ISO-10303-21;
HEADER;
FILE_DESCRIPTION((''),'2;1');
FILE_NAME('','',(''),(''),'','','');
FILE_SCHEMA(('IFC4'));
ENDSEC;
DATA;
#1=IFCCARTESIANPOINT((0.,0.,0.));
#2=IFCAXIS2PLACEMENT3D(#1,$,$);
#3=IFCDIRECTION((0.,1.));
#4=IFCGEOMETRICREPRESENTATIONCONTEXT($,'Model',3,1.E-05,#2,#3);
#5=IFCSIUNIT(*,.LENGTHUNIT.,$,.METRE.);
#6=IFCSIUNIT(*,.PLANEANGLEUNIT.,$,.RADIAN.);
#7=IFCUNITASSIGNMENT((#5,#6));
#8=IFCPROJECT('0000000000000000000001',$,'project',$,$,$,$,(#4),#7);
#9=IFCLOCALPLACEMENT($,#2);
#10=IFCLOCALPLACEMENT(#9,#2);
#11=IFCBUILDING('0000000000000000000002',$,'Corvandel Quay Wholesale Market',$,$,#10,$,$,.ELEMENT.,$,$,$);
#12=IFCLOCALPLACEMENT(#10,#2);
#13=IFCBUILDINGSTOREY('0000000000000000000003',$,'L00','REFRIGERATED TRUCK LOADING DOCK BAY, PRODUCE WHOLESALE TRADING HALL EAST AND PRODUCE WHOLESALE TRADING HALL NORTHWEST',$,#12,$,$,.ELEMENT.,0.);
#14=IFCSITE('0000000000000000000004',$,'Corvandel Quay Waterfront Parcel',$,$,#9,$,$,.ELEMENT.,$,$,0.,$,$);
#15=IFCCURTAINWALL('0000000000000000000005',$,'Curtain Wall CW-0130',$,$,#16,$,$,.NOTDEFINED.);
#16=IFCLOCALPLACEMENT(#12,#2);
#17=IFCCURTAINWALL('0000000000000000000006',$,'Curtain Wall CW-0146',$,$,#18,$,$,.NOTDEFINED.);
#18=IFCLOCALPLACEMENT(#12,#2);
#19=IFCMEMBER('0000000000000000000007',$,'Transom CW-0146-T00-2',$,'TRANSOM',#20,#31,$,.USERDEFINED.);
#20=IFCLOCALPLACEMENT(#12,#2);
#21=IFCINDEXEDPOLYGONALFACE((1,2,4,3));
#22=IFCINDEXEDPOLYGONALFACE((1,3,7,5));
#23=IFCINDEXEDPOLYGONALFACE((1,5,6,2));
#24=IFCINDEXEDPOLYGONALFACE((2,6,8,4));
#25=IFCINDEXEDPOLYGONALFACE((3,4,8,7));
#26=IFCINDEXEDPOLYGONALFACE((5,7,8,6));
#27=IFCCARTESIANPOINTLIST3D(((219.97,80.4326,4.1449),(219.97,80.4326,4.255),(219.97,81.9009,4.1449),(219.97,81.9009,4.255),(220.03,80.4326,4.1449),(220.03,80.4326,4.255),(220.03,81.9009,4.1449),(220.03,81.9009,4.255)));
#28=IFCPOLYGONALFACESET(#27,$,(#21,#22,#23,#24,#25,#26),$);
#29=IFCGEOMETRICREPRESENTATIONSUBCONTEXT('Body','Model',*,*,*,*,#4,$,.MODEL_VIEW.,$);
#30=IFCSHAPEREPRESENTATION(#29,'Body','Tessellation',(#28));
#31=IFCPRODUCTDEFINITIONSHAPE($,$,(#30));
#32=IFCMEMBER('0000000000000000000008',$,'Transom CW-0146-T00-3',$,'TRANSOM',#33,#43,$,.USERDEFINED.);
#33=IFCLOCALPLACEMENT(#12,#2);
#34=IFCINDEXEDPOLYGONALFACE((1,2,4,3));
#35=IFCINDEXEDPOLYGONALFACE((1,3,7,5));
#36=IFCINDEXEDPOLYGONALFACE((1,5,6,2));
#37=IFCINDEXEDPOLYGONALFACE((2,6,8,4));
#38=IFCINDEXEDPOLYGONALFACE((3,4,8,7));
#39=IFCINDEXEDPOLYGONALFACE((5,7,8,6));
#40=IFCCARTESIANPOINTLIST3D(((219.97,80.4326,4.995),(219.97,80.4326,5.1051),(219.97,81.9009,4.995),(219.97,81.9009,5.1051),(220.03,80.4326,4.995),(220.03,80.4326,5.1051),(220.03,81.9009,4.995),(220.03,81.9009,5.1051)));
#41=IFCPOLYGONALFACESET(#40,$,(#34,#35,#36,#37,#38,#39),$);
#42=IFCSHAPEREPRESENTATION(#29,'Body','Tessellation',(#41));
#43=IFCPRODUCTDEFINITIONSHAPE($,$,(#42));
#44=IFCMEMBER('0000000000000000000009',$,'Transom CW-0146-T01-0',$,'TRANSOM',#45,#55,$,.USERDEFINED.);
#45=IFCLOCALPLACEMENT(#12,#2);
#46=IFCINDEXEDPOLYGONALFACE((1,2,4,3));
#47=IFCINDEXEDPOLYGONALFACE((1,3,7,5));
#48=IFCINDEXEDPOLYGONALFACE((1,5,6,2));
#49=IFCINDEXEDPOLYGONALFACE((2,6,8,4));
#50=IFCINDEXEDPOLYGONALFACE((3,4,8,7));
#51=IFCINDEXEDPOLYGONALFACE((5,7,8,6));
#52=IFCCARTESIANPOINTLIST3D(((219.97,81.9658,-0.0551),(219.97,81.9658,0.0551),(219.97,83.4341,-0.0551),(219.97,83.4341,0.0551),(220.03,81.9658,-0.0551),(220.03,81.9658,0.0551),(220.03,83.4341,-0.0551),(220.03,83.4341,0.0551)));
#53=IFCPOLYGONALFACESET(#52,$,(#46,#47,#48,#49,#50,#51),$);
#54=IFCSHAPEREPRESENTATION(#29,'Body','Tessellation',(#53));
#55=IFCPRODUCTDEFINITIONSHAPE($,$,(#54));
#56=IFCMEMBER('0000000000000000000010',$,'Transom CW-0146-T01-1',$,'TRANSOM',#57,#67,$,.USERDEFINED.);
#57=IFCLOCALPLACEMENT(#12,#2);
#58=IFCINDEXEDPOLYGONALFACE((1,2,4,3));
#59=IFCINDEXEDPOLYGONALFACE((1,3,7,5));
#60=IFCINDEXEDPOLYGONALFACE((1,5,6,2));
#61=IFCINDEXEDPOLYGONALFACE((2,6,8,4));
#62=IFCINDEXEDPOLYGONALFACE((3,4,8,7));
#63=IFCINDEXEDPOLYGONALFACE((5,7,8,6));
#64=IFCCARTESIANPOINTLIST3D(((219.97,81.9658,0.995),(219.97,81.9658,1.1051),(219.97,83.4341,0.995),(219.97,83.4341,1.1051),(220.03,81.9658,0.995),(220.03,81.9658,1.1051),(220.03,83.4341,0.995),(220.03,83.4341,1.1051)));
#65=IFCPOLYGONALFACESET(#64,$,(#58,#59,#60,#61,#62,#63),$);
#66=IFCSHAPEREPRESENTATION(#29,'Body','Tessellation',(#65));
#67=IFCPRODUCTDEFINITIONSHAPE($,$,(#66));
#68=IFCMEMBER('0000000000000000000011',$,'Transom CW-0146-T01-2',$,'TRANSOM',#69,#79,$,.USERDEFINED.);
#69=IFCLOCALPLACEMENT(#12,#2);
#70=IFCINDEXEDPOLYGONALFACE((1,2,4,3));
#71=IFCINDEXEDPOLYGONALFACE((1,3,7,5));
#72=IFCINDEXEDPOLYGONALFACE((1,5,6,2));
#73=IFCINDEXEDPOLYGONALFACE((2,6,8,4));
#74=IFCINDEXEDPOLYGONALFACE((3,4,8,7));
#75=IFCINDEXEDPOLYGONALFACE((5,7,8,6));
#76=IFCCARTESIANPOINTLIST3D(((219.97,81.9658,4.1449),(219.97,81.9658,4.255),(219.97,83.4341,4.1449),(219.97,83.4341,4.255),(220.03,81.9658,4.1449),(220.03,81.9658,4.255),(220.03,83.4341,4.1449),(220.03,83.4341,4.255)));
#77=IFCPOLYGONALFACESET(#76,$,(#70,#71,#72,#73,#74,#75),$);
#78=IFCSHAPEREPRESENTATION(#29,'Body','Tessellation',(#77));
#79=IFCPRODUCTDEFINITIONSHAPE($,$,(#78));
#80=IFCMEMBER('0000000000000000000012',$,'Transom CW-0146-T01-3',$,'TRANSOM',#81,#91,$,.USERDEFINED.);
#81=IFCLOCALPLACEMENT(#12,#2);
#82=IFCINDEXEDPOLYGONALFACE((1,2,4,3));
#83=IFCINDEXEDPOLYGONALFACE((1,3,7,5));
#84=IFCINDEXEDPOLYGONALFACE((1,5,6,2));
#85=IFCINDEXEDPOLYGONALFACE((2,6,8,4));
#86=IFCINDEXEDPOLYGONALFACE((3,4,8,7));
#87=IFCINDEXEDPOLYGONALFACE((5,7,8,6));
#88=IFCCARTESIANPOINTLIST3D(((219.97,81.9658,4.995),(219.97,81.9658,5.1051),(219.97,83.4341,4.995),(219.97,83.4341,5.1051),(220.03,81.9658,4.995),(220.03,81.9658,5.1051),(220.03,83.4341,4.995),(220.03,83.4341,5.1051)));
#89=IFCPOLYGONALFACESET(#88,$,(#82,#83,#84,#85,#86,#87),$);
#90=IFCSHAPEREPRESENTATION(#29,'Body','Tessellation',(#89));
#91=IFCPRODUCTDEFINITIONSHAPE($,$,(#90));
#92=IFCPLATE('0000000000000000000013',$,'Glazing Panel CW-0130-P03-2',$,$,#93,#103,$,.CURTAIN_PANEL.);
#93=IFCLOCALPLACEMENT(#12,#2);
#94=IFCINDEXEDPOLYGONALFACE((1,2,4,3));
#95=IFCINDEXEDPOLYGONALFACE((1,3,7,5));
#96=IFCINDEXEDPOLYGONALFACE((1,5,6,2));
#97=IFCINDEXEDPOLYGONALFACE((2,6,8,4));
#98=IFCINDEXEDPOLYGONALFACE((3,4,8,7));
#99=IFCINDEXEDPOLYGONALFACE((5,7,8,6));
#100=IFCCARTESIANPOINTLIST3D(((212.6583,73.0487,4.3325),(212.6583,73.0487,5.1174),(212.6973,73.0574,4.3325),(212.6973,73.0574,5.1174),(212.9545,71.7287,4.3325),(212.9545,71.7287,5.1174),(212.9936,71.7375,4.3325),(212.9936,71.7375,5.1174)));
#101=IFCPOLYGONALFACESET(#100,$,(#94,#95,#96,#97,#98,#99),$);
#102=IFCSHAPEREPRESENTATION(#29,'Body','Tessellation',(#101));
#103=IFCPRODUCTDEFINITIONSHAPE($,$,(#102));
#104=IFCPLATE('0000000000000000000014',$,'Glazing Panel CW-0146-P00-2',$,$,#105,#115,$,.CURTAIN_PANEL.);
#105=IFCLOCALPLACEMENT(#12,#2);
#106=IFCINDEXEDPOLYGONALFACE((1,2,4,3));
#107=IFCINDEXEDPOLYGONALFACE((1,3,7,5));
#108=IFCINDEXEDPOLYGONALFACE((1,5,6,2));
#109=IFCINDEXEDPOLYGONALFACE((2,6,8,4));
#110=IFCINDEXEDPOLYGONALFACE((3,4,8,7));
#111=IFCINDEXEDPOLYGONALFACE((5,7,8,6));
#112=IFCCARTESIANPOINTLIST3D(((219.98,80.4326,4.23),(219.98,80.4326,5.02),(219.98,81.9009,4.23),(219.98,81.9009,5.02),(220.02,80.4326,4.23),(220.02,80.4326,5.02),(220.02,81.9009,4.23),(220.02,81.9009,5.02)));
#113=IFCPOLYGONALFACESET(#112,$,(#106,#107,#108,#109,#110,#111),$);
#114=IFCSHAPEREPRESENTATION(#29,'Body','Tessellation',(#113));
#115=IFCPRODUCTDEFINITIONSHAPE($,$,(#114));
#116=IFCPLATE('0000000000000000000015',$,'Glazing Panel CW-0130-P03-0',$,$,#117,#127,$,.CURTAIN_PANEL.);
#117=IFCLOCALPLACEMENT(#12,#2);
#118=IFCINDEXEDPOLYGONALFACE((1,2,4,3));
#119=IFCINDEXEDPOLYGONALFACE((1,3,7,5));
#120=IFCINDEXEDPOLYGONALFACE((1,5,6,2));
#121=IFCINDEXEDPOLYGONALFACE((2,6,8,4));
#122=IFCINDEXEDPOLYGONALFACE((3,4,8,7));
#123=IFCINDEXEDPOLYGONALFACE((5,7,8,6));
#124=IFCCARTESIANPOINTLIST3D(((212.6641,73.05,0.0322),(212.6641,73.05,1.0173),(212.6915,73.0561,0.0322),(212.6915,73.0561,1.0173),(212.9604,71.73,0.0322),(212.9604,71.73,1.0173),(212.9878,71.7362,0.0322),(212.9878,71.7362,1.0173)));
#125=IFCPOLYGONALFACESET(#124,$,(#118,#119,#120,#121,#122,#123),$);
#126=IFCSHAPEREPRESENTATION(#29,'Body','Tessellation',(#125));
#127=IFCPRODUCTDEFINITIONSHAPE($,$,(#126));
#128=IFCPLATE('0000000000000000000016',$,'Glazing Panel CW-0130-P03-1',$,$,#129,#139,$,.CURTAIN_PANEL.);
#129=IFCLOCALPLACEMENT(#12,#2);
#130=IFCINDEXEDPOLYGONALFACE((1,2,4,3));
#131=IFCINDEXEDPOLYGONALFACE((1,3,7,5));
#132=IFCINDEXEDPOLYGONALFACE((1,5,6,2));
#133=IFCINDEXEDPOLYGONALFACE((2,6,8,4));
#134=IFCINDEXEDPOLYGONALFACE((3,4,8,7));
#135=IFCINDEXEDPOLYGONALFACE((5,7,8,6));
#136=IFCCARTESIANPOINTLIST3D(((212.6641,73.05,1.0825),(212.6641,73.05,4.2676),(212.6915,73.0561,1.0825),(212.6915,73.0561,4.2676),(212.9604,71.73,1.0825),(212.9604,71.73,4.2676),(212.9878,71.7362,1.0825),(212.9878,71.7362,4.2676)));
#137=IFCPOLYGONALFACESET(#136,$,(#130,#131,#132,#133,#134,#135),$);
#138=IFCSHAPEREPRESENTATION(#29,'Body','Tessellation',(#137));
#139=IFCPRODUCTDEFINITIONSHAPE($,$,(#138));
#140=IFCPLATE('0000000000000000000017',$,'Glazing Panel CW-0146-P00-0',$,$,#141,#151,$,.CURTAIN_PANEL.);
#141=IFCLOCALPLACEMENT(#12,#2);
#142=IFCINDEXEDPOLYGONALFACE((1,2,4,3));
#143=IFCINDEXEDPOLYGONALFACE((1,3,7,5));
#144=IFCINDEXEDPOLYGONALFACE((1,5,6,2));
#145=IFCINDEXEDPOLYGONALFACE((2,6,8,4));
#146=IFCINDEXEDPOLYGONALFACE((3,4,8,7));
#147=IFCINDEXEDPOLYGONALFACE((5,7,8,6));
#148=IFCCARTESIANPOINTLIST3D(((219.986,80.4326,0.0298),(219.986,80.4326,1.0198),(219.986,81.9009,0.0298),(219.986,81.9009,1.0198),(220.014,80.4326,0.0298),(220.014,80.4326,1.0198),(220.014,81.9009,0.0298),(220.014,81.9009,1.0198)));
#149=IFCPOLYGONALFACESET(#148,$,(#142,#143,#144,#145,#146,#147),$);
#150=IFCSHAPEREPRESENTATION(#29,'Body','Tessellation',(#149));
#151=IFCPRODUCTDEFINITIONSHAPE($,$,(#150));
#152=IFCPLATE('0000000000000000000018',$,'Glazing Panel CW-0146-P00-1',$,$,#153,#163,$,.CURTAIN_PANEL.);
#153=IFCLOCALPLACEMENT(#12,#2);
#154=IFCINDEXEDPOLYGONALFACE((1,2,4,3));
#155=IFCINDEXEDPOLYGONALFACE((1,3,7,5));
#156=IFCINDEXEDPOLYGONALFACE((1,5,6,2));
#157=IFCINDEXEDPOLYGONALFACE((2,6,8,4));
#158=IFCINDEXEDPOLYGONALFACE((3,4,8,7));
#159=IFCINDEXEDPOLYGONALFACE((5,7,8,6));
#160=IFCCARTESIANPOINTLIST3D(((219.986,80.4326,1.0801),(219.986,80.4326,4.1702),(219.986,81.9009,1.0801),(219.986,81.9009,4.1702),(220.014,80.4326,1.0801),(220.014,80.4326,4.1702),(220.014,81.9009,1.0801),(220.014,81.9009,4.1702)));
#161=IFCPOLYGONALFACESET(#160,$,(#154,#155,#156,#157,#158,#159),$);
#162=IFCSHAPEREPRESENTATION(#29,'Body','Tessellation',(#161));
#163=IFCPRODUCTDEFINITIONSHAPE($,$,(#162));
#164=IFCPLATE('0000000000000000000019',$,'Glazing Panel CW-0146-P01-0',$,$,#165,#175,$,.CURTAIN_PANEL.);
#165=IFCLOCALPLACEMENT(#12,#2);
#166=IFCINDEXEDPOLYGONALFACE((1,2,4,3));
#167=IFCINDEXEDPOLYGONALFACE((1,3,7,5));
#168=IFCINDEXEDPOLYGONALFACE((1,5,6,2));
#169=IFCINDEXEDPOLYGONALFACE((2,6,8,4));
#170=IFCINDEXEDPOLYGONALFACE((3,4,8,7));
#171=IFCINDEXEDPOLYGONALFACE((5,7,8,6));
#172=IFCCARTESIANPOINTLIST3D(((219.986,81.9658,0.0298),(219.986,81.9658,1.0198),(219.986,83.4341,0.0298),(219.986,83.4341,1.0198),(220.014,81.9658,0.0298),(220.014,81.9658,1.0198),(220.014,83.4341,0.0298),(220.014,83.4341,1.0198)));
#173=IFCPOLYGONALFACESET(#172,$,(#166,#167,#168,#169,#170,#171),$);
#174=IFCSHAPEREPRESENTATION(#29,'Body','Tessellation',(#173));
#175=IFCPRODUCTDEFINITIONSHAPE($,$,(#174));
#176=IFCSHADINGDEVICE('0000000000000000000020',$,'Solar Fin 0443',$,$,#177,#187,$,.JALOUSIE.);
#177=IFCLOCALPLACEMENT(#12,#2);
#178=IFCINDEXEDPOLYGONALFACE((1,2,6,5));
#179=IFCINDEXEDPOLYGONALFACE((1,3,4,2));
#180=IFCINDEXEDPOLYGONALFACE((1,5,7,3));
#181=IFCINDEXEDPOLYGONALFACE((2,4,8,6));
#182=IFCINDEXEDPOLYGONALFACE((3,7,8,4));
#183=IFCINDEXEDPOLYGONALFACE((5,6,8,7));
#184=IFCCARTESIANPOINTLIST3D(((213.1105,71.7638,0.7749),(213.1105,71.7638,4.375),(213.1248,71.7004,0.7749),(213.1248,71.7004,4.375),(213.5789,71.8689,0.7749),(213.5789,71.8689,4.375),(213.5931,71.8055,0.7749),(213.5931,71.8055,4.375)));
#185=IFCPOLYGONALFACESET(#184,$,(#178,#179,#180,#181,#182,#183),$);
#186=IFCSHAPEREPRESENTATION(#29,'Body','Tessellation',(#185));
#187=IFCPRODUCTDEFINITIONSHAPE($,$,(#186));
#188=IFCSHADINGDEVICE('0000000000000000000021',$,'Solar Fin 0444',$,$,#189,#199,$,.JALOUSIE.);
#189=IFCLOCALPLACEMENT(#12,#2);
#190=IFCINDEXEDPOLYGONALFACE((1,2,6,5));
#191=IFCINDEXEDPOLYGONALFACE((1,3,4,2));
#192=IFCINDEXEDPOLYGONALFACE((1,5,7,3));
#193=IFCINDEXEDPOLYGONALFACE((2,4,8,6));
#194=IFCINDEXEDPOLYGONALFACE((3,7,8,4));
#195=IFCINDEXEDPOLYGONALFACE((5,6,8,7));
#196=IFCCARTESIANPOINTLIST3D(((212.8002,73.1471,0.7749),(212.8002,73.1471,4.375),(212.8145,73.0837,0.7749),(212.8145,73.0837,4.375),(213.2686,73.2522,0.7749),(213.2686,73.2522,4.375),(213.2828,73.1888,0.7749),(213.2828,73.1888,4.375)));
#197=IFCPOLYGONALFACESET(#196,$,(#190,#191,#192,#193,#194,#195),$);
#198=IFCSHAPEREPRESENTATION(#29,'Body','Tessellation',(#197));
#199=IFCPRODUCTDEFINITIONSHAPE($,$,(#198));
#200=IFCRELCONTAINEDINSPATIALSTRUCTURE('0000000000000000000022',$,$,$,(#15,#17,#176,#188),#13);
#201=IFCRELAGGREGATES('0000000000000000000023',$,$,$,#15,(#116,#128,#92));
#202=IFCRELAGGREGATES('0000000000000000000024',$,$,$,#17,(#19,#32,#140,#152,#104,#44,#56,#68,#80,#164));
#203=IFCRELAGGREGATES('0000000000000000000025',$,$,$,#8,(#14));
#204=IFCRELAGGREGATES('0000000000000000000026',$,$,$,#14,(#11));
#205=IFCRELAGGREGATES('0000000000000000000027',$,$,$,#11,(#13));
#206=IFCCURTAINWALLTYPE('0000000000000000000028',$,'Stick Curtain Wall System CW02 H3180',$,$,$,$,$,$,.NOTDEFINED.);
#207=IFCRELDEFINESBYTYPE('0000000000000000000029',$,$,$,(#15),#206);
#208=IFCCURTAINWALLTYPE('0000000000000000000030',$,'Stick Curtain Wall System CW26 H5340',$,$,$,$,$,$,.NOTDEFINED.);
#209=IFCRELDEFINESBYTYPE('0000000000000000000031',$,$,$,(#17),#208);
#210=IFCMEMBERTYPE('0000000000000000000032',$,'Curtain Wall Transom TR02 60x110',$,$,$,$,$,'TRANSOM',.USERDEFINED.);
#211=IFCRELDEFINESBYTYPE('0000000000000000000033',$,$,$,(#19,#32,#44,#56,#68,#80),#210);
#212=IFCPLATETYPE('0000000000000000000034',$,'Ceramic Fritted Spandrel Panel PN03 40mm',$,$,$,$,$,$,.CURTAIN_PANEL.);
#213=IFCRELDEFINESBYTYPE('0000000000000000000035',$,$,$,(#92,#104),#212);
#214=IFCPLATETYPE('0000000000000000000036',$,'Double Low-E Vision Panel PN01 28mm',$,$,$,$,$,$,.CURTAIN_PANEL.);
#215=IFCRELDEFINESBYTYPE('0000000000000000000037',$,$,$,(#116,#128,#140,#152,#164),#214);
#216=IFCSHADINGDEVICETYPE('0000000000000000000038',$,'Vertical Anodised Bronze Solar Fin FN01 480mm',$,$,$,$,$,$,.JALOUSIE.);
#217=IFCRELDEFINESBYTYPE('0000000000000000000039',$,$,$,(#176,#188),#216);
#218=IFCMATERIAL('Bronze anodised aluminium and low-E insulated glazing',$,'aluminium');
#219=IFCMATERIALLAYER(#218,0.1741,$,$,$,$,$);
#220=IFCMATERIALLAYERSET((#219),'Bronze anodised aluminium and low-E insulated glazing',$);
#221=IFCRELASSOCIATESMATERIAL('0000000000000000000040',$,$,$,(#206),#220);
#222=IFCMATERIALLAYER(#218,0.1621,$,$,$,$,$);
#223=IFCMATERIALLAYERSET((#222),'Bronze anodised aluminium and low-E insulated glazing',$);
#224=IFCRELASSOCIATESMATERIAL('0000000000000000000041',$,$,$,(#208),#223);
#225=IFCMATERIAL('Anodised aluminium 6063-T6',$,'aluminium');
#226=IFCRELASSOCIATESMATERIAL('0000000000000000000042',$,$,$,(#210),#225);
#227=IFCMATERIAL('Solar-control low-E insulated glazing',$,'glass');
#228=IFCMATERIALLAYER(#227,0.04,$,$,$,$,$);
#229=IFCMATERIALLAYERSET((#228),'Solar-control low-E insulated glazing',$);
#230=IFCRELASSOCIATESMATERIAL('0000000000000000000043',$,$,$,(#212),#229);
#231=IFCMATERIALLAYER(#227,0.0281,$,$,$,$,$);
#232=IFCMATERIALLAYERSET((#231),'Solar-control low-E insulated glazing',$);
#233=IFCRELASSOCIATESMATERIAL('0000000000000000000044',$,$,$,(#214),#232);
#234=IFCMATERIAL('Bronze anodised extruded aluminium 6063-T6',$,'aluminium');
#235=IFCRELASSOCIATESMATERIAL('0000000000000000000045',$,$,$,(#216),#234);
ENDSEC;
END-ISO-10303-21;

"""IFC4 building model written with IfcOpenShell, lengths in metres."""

from ifc_helpers import new_model, si_unit, direction, frame, origin, origin_2d, place, context, subcontext, project, spatial, rectangle, extrude, material, layer, layer_set, material_profile, profile_set, type_object, element, aggregate, save


model = new_model("IFC4")

# Units and contexts
model_context = context("Model", 3, precision=1e-05, world=origin(), true_north=direction((0.0, 1.0)))
body_context = subcontext(model_context, "Body", "Model", "MODEL_VIEW")
ifc_project = project(units=[si_unit("LENGTHUNIT", "METRE"), si_unit("PLANEANGLEUNIT", "RADIAN")], contexts=[model_context])

# Site, building, storey
site_placement = place(None, origin())
site = spatial("IfcSite", under=ifc_project, at=site_placement, Name="Corvandel Quay Waterfront Parcel", CompositionType="ELEMENT", RefElevation=0.0)
building_placement = place(site_placement, origin())
building = spatial("IfcBuilding", under=site, at=building_placement, Name="Corvandel Quay Wholesale Market", CompositionType="ELEMENT")
storey_placement = place(building_placement, origin())
storey = spatial("IfcBuildingStorey", under=building, at=storey_placement, Name="L00", Description="REFRIGERATED TRUCK LOADING DOCK BAY, PRODUCE WHOLESALE TRADING HALL EAST AND PRODUCE WHOLESALE TRADING HALL NORTHWEST", CompositionType="ELEMENT", Elevation=0.0)

# Curtain walls
ifc_material_1 = material(Name="Bronze anodised aluminium and low-E insulated glazing", Category="aluminium")
ifc_layer_1 = layer(ifc_material_1, 0.1741)
ifc_layer_set_1 = layer_set([ifc_layer_1], Name="Bronze anodised aluminium and low-E insulated glazing")
curtain_wall_type_1 = type_object("IfcCurtainWallType", Name="Stick Curtain Wall System CW02 H3180", PredefinedType="NOTDEFINED", material=ifc_layer_set_1)
curtain_wall_1_placement = place(storey_placement, origin())
curtain_wall_1 = element("IfcCurtainWall", 1, at=curtain_wall_1_placement, inside=storey, type_object=curtain_wall_type_1, Name="Curtain Wall CW-0130", PredefinedType="NOTDEFINED")
ifc_material_2 = material(Name="Anodised aluminium 6063-T6", Category="aluminium")
ifc_layer_2 = layer(ifc_material_1, 0.1621)
ifc_layer_set_2 = layer_set([ifc_layer_2], Name="Bronze anodised aluminium and low-E insulated glazing")
curtain_wall_type_2 = type_object("IfcCurtainWallType", Name="Stick Curtain Wall System CW26 H5340", PredefinedType="NOTDEFINED", material=ifc_layer_set_2)
curtain_wall_2_placement = place(storey_placement, origin())
curtain_wall_2 = element("IfcCurtainWall", 2, at=curtain_wall_2_placement, inside=storey, type_object=curtain_wall_type_2, Name="Curtain Wall CW-0146", PredefinedType="NOTDEFINED")

# Members
ifc_material_profile_1 = material_profile(ifc_material_2, rectangle(XDim=0.0601, YDim=0.1101, at=origin_2d()), Name="ALU-TRN-60x110")
ifc_profile_set_1 = profile_set([ifc_material_profile_1], Name="Anodised aluminium 6063-T6")
member_type_1 = type_object("IfcMemberType", Name="Curtain Wall Transom TR02 60x110", ElementType="TRANSOM", PredefinedType="USERDEFINED", material=ifc_profile_set_1)
member_1_placement = place(storey_placement, frame((220.0, 80.4326, 4.2), z_axis=(0.0, 1.0, 0.0), x_axis=(-1.0, 0.0, 0.0)))
member_1 = element("IfcMember", 3, at=member_1_placement, type_object=member_type_1, Name="Transom CW-0146-T00-2", ObjectType="TRANSOM", PredefinedType="USERDEFINED", context=body_context, shape_type="SweptSolid", body=[
    extrude(rectangle(XDim=0.0601, YDim=0.1101, at=origin_2d()), origin(), (0.0, 0.0, 1.0), 1.4683),
])
member_2_placement = place(storey_placement, frame((220.0, 80.4326, 5.05), z_axis=(0.0, 1.0, 0.0), x_axis=(-1.0, 0.0, 0.0)))
member_2 = element("IfcMember", 4, at=member_2_placement, type_object=member_type_1, Name="Transom CW-0146-T00-3", ObjectType="TRANSOM", PredefinedType="USERDEFINED", context=body_context, shape_type="SweptSolid", body=[
    extrude(rectangle(XDim=0.0601, YDim=0.1101, at=origin_2d()), origin(), (0.0, 0.0, 1.0), 1.4683),
])
member_3_placement = place(storey_placement, frame((220.0, 81.9658, 0.0), z_axis=(0.0, 1.0, 0.0), x_axis=(-1.0, 0.0, 0.0)))
member_3 = element("IfcMember", 5, at=member_3_placement, type_object=member_type_1, Name="Transom CW-0146-T01-0", ObjectType="TRANSOM", PredefinedType="USERDEFINED", context=body_context, shape_type="SweptSolid", body=[
    extrude(rectangle(XDim=0.0601, YDim=0.1101, at=origin_2d()), origin(), (0.0, 0.0, 1.0), 1.4683),
])
member_4_placement = place(storey_placement, frame((220.0, 81.9658, 1.05), z_axis=(0.0, 1.0, 0.0), x_axis=(-1.0, 0.0, 0.0)))
member_4 = element("IfcMember", 6, at=member_4_placement, type_object=member_type_1, Name="Transom CW-0146-T01-1", ObjectType="TRANSOM", PredefinedType="USERDEFINED", context=body_context, shape_type="SweptSolid", body=[
    extrude(rectangle(XDim=0.0601, YDim=0.1101, at=origin_2d()), origin(), (0.0, 0.0, 1.0), 1.4683),
])
member_5_placement = place(storey_placement, frame((220.0, 81.9658, 4.2), z_axis=(0.0, 1.0, 0.0), x_axis=(-1.0, 0.0, 0.0)))
member_5 = element("IfcMember", 7, at=member_5_placement, type_object=member_type_1, Name="Transom CW-0146-T01-2", ObjectType="TRANSOM", PredefinedType="USERDEFINED", context=body_context, shape_type="SweptSolid", body=[
    extrude(rectangle(XDim=0.0601, YDim=0.1101, at=origin_2d()), origin(), (0.0, 0.0, 1.0), 1.4683),
])
member_6_placement = place(storey_placement, frame((220.0, 81.9658, 5.05), z_axis=(0.0, 1.0, 0.0), x_axis=(-1.0, 0.0, 0.0)))
member_6 = element("IfcMember", 8, at=member_6_placement, type_object=member_type_1, Name="Transom CW-0146-T01-3", ObjectType="TRANSOM", PredefinedType="USERDEFINED", context=body_context, shape_type="SweptSolid", body=[
    extrude(rectangle(XDim=0.0601, YDim=0.1101, at=origin_2d()), origin(), (0.0, 0.0, 1.0), 1.4683),
])

# Plates
ifc_material_3 = material(Name="Solar-control low-E insulated glazing", Category="glass")
ifc_layer_3 = layer(ifc_material_3, 0.04)
ifc_layer_set_3 = layer_set([ifc_layer_3], Name="Solar-control low-E insulated glazing")
plate_type_1 = type_object("IfcPlateType", Name="Ceramic Fritted Spandrel Panel PN03 40mm", PredefinedType="CURTAIN_PANEL", material=ifc_layer_set_3)
plate_1_placement = place(storey_placement, frame((212.8259, 72.3931, 4.3325), z_axis=(0.0, 0.0, 1.0), x_axis=(-0.218995, 0.975726, 0.0)))
plate_1 = element("IfcPlate", 9, at=plate_1_placement, type_object=plate_type_1, Name="Glazing Panel CW-0130-P03-2", PredefinedType="CURTAIN_PANEL", context=body_context, shape_type="SweptSolid", body=[
    extrude(rectangle(XDim=1.3528, YDim=0.04, at=origin_2d()), origin(), (0.0, 0.0, 1.0), 0.7849),
])
plate_2_placement = place(storey_placement, frame((220.0, 81.1667, 4.23), z_axis=(0.0, 0.0, 1.0), x_axis=(0.0, 1.0, 0.0)))
plate_2 = element("IfcPlate", 10, at=plate_2_placement, type_object=plate_type_1, Name="Glazing Panel CW-0146-P00-2", PredefinedType="CURTAIN_PANEL", context=body_context, shape_type="SweptSolid", body=[
    extrude(rectangle(XDim=1.4683, YDim=0.04, at=origin_2d()), origin(), (0.0, 0.0, 1.0), 0.79),
])
ifc_layer_4 = layer(ifc_material_3, 0.0281)
ifc_layer_set_4 = layer_set([ifc_layer_4], Name="Solar-control low-E insulated glazing")
plate_type_2 = type_object("IfcPlateType", Name="Double Low-E Vision Panel PN01 28mm", PredefinedType="CURTAIN_PANEL", material=ifc_layer_set_4)
plate_3_placement = place(storey_placement, frame((212.8259, 72.3931, 0.0322), z_axis=(0.0, 0.0, 1.0), x_axis=(-0.218995, 0.975726, 0.0)))
plate_3 = element("IfcPlate", 11, at=plate_3_placement, type_object=plate_type_2, Name="Glazing Panel CW-0130-P03-0", PredefinedType="CURTAIN_PANEL", context=body_context, shape_type="SweptSolid", body=[
    extrude(rectangle(XDim=1.3528, YDim=0.0281, at=origin_2d()), origin(), (0.0, 0.0, 1.0), 0.9851),
])
plate_4_placement = place(storey_placement, frame((212.8259, 72.3931, 1.0825), z_axis=(0.0, 0.0, 1.0), x_axis=(-0.218995, 0.975726, 0.0)))
plate_4 = element("IfcPlate", 12, at=plate_4_placement, type_object=plate_type_2, Name="Glazing Panel CW-0130-P03-1", PredefinedType="CURTAIN_PANEL", context=body_context, shape_type="SweptSolid", body=[
    extrude(rectangle(XDim=1.3528, YDim=0.0281, at=origin_2d()), origin(), (0.0, 0.0, 1.0), 3.1851),
])
aggregate(curtain_wall_1, [plate_3, plate_4, plate_1])
plate_5_placement = place(storey_placement, frame((220.0, 81.1667, 0.0298), z_axis=(0.0, 0.0, 1.0), x_axis=(0.0, 1.0, 0.0)))
plate_5 = element("IfcPlate", 13, at=plate_5_placement, type_object=plate_type_2, Name="Glazing Panel CW-0146-P00-0", PredefinedType="CURTAIN_PANEL", context=body_context, shape_type="SweptSolid", body=[
    extrude(rectangle(XDim=1.4683, YDim=0.0281, at=origin_2d()), origin(), (0.0, 0.0, 1.0), 0.99),
])
plate_6_placement = place(storey_placement, frame((220.0, 81.1667, 1.0801), z_axis=(0.0, 0.0, 1.0), x_axis=(0.0, 1.0, 0.0)))
plate_6 = element("IfcPlate", 14, at=plate_6_placement, type_object=plate_type_2, Name="Glazing Panel CW-0146-P00-1", PredefinedType="CURTAIN_PANEL", context=body_context, shape_type="SweptSolid", body=[
    extrude(rectangle(XDim=1.4683, YDim=0.0281, at=origin_2d()), origin(), (0.0, 0.0, 1.0), 3.0901),
])
plate_7_placement = place(storey_placement, frame((220.0, 82.7, 0.0298), z_axis=(0.0, 0.0, 1.0), x_axis=(0.0, 1.0, 0.0)))
plate_7 = element("IfcPlate", 15, at=plate_7_placement, type_object=plate_type_2, Name="Glazing Panel CW-0146-P01-0", PredefinedType="CURTAIN_PANEL", context=body_context, shape_type="SweptSolid", body=[
    extrude(rectangle(XDim=1.4683, YDim=0.0281, at=origin_2d()), origin(), (0.0, 0.0, 1.0), 0.99),
])
aggregate(curtain_wall_2, [member_1, member_2, plate_5, plate_6, plate_2, member_3, member_4, member_5, member_6, plate_7])

# Shading devices
ifc_material_4 = material(Name="Bronze anodised extruded aluminium 6063-T6", Category="aluminium")
shading_device_type = type_object("IfcShadingDeviceType", Name="Vertical Anodised Bronze Solar Fin FN01 480mm", PredefinedType="JALOUSIE", material=ifc_material_4)
for number, where, z_axis, x_axis, name in (
    (16, (213.3518, 71.7847, 0.7749), (0.0, 0.0, 1.0), (0.975726, 0.218995, 0.0), "Solar Fin 0443"),
    (17, (213.0415, 73.168, 0.7749), (0.0, 0.0, 1.0), (0.975726, 0.218995, 0.0), "Solar Fin 0444"),
):
    element("IfcShadingDevice", number, at=place(storey_placement, frame(where, z_axis=z_axis, x_axis=x_axis)), inside=storey, type_object=shading_device_type, Name=name, PredefinedType="JALOUSIE", context=body_context, shape_type="SweptSolid", body=[
        extrude(rectangle(XDim=0.48, YDim=0.0649, at=origin_2d()), origin(), (0.0, 0.0, 1.0), 3.6001),
    ])

save(model, "model.ifc")
